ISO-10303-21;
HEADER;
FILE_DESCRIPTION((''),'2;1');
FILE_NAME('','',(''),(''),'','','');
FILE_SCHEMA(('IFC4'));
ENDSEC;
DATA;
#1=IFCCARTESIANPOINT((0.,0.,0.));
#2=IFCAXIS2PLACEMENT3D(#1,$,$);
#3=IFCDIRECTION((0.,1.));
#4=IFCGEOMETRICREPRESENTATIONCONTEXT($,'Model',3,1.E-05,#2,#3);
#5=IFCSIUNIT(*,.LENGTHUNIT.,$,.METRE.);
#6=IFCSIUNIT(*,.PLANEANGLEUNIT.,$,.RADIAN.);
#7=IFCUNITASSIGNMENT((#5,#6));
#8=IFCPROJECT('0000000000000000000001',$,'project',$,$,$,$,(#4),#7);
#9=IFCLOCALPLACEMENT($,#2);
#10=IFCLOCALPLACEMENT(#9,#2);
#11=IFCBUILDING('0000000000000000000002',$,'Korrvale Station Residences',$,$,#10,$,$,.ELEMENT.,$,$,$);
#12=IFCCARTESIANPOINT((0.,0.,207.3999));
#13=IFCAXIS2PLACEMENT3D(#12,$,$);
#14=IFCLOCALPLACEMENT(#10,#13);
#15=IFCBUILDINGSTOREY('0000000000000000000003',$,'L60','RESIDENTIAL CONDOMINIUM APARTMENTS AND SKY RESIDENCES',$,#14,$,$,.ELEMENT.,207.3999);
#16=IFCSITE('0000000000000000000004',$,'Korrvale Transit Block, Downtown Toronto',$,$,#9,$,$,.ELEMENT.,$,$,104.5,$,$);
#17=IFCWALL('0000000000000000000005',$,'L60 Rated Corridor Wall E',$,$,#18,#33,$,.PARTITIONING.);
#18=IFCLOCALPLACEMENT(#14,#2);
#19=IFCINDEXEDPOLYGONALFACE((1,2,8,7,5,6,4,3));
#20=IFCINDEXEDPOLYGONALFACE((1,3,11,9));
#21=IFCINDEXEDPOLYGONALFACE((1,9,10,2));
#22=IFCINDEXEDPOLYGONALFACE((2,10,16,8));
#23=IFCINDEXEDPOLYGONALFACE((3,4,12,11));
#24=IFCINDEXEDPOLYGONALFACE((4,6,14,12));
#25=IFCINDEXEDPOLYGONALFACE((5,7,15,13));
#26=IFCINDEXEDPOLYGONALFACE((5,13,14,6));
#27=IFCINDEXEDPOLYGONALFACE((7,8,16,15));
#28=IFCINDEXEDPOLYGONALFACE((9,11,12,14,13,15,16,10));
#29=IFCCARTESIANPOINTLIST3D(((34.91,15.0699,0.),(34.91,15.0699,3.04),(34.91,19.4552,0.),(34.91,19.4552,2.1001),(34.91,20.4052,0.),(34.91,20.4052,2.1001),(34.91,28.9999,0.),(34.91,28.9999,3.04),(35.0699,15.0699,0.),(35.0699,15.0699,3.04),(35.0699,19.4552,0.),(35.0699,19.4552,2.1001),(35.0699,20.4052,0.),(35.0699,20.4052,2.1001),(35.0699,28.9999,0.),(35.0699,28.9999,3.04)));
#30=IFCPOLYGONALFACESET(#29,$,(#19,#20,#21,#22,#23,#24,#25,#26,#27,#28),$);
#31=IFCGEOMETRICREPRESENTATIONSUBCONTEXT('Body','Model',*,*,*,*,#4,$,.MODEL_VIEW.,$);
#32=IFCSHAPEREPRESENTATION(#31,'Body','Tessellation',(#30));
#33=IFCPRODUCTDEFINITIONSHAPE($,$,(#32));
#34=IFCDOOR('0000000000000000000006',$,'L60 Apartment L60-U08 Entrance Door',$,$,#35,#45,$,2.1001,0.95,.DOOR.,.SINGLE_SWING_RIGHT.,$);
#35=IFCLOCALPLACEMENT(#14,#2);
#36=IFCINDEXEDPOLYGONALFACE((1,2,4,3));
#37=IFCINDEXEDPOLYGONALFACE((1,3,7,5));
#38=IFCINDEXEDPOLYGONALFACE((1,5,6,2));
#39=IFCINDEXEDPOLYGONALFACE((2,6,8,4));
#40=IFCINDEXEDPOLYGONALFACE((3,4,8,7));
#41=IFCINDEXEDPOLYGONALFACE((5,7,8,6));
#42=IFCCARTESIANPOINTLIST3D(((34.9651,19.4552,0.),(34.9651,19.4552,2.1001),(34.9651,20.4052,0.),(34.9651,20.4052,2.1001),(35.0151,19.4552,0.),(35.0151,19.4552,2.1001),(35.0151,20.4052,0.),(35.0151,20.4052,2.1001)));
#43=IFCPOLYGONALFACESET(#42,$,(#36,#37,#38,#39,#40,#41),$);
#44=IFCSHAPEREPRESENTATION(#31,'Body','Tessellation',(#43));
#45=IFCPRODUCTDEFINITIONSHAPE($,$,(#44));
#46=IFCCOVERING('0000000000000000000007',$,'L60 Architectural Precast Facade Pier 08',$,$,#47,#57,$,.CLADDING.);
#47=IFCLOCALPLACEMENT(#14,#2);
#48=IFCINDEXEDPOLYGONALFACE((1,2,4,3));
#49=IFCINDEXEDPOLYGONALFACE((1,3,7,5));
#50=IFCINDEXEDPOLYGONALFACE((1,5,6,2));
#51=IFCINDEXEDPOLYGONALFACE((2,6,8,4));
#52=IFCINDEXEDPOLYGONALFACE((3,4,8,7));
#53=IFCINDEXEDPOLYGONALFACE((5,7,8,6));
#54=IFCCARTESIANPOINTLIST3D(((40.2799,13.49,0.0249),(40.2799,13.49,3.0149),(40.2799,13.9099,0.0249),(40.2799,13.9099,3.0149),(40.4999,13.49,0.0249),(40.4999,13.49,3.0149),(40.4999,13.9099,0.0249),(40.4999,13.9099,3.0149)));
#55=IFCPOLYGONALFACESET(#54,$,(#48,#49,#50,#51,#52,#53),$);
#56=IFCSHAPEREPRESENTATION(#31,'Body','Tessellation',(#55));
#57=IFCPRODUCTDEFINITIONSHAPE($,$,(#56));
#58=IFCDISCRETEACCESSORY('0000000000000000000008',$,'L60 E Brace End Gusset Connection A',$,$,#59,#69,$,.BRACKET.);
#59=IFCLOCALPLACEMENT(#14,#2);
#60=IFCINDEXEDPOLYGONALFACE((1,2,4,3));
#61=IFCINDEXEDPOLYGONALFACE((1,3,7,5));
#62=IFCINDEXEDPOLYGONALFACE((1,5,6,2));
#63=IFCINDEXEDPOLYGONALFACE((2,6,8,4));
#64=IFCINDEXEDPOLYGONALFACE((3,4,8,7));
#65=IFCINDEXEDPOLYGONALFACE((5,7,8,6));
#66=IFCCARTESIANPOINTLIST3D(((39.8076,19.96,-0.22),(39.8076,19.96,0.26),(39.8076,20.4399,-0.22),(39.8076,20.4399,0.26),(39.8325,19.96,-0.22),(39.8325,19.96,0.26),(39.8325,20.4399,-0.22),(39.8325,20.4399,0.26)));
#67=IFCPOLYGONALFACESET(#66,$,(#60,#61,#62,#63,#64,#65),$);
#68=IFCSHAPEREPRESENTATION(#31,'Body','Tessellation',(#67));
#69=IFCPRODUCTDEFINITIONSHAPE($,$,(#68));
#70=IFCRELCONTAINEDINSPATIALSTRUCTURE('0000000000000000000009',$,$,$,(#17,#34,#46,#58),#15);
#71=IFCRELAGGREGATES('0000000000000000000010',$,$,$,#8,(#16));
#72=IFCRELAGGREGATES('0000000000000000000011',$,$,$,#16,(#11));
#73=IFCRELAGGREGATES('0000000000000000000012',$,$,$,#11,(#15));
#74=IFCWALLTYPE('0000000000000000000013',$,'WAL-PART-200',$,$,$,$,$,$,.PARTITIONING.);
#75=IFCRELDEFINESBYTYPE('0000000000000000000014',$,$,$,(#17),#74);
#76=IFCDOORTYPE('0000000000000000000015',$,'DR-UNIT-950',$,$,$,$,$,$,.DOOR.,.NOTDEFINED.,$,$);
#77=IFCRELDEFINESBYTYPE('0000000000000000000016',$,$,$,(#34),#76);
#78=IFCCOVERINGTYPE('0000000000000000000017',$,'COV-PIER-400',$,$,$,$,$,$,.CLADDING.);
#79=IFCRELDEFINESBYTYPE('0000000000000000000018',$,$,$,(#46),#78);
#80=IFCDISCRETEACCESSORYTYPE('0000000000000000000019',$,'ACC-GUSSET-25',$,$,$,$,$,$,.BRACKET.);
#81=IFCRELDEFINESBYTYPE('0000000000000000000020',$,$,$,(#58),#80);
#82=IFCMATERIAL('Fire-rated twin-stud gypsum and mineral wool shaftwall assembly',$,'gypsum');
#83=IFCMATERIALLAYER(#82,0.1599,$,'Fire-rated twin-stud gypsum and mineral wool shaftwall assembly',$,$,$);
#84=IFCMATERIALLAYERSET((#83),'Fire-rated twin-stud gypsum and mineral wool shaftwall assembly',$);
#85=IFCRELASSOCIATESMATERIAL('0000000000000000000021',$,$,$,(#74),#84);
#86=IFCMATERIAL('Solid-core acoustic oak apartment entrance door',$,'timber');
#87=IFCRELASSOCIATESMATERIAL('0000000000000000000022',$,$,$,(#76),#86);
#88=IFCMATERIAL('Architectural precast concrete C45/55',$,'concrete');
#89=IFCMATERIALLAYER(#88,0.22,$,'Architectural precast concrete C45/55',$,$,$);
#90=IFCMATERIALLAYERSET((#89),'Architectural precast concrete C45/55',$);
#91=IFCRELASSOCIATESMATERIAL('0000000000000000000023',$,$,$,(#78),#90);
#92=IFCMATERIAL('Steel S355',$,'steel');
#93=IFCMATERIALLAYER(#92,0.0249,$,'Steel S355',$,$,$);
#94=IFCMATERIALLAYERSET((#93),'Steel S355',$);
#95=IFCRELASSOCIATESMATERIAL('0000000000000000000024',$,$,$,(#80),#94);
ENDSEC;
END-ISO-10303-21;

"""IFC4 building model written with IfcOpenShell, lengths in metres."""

from ifc_helpers import new_model, si_unit, direction, frame, frame_2d, origin, origin_2d, place, context, subcontext, project, spatial, rectangle, extrude, material, layer, layer_set, type_object, element, fill, save


model = new_model("IFC4")

# Units and contexts
model_context = context("Model", 3, precision=1e-05, world=origin(), true_north=direction((0.0, 1.0)))
body_context = subcontext(model_context, "Body", "Model", "MODEL_VIEW")
ifc_project = project(units=[si_unit("LENGTHUNIT", "METRE"), si_unit("PLANEANGLEUNIT", "RADIAN")], contexts=[model_context])

# Site, building, storey
site_placement = place(None, origin())
site = spatial("IfcSite", under=ifc_project, at=site_placement, Name="Korrvale Transit Block, Downtown Toronto", CompositionType="ELEMENT", RefElevation=104.5)
building_placement = place(site_placement, origin())
building = spatial("IfcBuilding", under=site, at=building_placement, Name="Korrvale Station Residences", CompositionType="ELEMENT")
storey_placement = place(building_placement, frame((0.0, 0.0, 207.3999)))
storey = spatial("IfcBuildingStorey", under=building, at=storey_placement, Name="L60", Description="RESIDENTIAL CONDOMINIUM APARTMENTS AND SKY RESIDENCES", CompositionType="ELEMENT", Elevation=207.3999)

# Shared definitions
ifc_material_1 = material(Name="Steel S355", Category="steel")

# Shared definitions
ifc_material_2 = material(Name="Fire-rated twin-stud gypsum and mineral wool shaftwall assembly", Category="gypsum")
ifc_layer_1 = layer(ifc_material_2, 0.1599, Name="Fire-rated twin-stud gypsum and mineral wool shaftwall assembly")
ifc_layer_set_1 = layer_set([ifc_layer_1], Name="Fire-rated twin-stud gypsum and mineral wool shaftwall assembly")
wall_type_1 = type_object("IfcWallType", Name="WAL-PART-200", PredefinedType="PARTITIONING", material=ifc_layer_set_1)

# Wall, opening, door
wall_1_placement = place(storey_placement, frame((34.99, 15.0701, 0.0), z_axis=(0.0, 0.0, 1.0), x_axis=(0.0, 1.0, 0.0)))
wall_1 = element("IfcWall", 1, at=wall_1_placement, inside=storey, type_object=wall_type_1, Name="L60 Rated Corridor Wall E", PredefinedType="PARTITIONING", context=body_context, shape_type="SweptSolid", body=[
    extrude(rectangle(XDim=13.9299, YDim=0.1599, at=frame_2d((6.9648, 0.0))), origin(), (0.0, 0.0, 1.0), 3.04),
])
opening_1_placement = place(wall_1_placement, frame((4.385, 0.0, 0.0)))
opening_1 = element("IfcOpeningElement", 2, at=opening_1_placement, cuts=wall_1, PredefinedType="OPENING", context=body_context, shape_type="SweptSolid", body=[
    extrude(rectangle(XDim=0.95, YDim=2.1001, at=frame_2d((0.4751, 1.05))), frame((0.0, 0.0898, 0.0), z_axis=(0.0, -1.0, 0.0), x_axis=(1.0, 0.0, 0.0)), (0.0, 0.0, 1.0), 0.1799),
])
ifc_material_3 = material(Name="Solid-core acoustic oak apartment entrance door", Category="timber")
door_type_1 = type_object("IfcDoorType", Name="DR-UNIT-950", OperationType="NOTDEFINED", PredefinedType="DOOR", material=ifc_material_3)
door_1_placement = place(opening_1_placement, origin())
door_1 = element("IfcDoor", 3, at=door_1_placement, inside=storey, type_object=door_type_1, Name="L60 Apartment L60-U08 Entrance Door", OperationType="SINGLE_SWING_RIGHT", OverallHeight=2.1001, OverallWidth=0.95, PredefinedType="DOOR", context=body_context, shape_type="SweptSolid", body=[
    extrude(rectangle(XDim=0.95, YDim=2.1001, at=frame_2d((0.4751, 1.05))), frame((0.0, 0.0249, 0.0), z_axis=(0.0, -1.0, 0.0), x_axis=(1.0, 0.0, 0.0)), (0.0, 0.0, 1.0), 0.05),
])
fill(opening_1, door_1)

# Covering
ifc_material_4 = material(Name="Architectural precast concrete C45/55", Category="concrete")
ifc_layer_2 = layer(ifc_material_4, 0.22, Name="Architectural precast concrete C45/55")
ifc_layer_set_2 = layer_set([ifc_layer_2], Name="Architectural precast concrete C45/55")
covering_type = type_object("IfcCoveringType", Name="COV-PIER-400", PredefinedType="CLADDING", material=ifc_layer_set_2)
covering_placement = place(storey_placement, frame((40.3899, 13.7, 0.0249), z_axis=(0.0, 0.0, 1.0), x_axis=(0.0, 1.0, 0.0)))
element("IfcCovering", 4, at=covering_placement, inside=storey, type_object=covering_type, Name="L60 Architectural Precast Facade Pier 08", PredefinedType="CLADDING", context=body_context, shape_type="SweptSolid", body=[
    extrude(rectangle(XDim=0.4199, YDim=0.22, at=origin_2d()), origin(), (0.0, 0.0, 1.0), 2.99),
])

# Discrete accessory
ifc_layer_3 = layer(ifc_material_1, 0.0249, Name="Steel S355")
ifc_layer_set_3 = layer_set([ifc_layer_3], Name="Steel S355")
discrete_accessory_type = type_object("IfcDiscreteAccessoryType", Name="ACC-GUSSET-25", PredefinedType="BRACKET", material=ifc_layer_set_3)
discrete_accessory_placement = place(storey_placement, frame((39.8201, 20.2, -0.22), z_axis=(0.0, 0.0, 1.0), x_axis=(0.0, 1.0, 0.0)))
element("IfcDiscreteAccessory", 5, at=discrete_accessory_placement, inside=storey, type_object=discrete_accessory_type, Name="L60 E Brace End Gusset Connection A", PredefinedType="BRACKET", context=body_context, shape_type="SweptSolid", body=[
    extrude(rectangle(XDim=0.48, YDim=0.0249, at=origin_2d()), origin(), (0.0, 0.0, 1.0), 0.48),
])

save(model, "model.ifc")
